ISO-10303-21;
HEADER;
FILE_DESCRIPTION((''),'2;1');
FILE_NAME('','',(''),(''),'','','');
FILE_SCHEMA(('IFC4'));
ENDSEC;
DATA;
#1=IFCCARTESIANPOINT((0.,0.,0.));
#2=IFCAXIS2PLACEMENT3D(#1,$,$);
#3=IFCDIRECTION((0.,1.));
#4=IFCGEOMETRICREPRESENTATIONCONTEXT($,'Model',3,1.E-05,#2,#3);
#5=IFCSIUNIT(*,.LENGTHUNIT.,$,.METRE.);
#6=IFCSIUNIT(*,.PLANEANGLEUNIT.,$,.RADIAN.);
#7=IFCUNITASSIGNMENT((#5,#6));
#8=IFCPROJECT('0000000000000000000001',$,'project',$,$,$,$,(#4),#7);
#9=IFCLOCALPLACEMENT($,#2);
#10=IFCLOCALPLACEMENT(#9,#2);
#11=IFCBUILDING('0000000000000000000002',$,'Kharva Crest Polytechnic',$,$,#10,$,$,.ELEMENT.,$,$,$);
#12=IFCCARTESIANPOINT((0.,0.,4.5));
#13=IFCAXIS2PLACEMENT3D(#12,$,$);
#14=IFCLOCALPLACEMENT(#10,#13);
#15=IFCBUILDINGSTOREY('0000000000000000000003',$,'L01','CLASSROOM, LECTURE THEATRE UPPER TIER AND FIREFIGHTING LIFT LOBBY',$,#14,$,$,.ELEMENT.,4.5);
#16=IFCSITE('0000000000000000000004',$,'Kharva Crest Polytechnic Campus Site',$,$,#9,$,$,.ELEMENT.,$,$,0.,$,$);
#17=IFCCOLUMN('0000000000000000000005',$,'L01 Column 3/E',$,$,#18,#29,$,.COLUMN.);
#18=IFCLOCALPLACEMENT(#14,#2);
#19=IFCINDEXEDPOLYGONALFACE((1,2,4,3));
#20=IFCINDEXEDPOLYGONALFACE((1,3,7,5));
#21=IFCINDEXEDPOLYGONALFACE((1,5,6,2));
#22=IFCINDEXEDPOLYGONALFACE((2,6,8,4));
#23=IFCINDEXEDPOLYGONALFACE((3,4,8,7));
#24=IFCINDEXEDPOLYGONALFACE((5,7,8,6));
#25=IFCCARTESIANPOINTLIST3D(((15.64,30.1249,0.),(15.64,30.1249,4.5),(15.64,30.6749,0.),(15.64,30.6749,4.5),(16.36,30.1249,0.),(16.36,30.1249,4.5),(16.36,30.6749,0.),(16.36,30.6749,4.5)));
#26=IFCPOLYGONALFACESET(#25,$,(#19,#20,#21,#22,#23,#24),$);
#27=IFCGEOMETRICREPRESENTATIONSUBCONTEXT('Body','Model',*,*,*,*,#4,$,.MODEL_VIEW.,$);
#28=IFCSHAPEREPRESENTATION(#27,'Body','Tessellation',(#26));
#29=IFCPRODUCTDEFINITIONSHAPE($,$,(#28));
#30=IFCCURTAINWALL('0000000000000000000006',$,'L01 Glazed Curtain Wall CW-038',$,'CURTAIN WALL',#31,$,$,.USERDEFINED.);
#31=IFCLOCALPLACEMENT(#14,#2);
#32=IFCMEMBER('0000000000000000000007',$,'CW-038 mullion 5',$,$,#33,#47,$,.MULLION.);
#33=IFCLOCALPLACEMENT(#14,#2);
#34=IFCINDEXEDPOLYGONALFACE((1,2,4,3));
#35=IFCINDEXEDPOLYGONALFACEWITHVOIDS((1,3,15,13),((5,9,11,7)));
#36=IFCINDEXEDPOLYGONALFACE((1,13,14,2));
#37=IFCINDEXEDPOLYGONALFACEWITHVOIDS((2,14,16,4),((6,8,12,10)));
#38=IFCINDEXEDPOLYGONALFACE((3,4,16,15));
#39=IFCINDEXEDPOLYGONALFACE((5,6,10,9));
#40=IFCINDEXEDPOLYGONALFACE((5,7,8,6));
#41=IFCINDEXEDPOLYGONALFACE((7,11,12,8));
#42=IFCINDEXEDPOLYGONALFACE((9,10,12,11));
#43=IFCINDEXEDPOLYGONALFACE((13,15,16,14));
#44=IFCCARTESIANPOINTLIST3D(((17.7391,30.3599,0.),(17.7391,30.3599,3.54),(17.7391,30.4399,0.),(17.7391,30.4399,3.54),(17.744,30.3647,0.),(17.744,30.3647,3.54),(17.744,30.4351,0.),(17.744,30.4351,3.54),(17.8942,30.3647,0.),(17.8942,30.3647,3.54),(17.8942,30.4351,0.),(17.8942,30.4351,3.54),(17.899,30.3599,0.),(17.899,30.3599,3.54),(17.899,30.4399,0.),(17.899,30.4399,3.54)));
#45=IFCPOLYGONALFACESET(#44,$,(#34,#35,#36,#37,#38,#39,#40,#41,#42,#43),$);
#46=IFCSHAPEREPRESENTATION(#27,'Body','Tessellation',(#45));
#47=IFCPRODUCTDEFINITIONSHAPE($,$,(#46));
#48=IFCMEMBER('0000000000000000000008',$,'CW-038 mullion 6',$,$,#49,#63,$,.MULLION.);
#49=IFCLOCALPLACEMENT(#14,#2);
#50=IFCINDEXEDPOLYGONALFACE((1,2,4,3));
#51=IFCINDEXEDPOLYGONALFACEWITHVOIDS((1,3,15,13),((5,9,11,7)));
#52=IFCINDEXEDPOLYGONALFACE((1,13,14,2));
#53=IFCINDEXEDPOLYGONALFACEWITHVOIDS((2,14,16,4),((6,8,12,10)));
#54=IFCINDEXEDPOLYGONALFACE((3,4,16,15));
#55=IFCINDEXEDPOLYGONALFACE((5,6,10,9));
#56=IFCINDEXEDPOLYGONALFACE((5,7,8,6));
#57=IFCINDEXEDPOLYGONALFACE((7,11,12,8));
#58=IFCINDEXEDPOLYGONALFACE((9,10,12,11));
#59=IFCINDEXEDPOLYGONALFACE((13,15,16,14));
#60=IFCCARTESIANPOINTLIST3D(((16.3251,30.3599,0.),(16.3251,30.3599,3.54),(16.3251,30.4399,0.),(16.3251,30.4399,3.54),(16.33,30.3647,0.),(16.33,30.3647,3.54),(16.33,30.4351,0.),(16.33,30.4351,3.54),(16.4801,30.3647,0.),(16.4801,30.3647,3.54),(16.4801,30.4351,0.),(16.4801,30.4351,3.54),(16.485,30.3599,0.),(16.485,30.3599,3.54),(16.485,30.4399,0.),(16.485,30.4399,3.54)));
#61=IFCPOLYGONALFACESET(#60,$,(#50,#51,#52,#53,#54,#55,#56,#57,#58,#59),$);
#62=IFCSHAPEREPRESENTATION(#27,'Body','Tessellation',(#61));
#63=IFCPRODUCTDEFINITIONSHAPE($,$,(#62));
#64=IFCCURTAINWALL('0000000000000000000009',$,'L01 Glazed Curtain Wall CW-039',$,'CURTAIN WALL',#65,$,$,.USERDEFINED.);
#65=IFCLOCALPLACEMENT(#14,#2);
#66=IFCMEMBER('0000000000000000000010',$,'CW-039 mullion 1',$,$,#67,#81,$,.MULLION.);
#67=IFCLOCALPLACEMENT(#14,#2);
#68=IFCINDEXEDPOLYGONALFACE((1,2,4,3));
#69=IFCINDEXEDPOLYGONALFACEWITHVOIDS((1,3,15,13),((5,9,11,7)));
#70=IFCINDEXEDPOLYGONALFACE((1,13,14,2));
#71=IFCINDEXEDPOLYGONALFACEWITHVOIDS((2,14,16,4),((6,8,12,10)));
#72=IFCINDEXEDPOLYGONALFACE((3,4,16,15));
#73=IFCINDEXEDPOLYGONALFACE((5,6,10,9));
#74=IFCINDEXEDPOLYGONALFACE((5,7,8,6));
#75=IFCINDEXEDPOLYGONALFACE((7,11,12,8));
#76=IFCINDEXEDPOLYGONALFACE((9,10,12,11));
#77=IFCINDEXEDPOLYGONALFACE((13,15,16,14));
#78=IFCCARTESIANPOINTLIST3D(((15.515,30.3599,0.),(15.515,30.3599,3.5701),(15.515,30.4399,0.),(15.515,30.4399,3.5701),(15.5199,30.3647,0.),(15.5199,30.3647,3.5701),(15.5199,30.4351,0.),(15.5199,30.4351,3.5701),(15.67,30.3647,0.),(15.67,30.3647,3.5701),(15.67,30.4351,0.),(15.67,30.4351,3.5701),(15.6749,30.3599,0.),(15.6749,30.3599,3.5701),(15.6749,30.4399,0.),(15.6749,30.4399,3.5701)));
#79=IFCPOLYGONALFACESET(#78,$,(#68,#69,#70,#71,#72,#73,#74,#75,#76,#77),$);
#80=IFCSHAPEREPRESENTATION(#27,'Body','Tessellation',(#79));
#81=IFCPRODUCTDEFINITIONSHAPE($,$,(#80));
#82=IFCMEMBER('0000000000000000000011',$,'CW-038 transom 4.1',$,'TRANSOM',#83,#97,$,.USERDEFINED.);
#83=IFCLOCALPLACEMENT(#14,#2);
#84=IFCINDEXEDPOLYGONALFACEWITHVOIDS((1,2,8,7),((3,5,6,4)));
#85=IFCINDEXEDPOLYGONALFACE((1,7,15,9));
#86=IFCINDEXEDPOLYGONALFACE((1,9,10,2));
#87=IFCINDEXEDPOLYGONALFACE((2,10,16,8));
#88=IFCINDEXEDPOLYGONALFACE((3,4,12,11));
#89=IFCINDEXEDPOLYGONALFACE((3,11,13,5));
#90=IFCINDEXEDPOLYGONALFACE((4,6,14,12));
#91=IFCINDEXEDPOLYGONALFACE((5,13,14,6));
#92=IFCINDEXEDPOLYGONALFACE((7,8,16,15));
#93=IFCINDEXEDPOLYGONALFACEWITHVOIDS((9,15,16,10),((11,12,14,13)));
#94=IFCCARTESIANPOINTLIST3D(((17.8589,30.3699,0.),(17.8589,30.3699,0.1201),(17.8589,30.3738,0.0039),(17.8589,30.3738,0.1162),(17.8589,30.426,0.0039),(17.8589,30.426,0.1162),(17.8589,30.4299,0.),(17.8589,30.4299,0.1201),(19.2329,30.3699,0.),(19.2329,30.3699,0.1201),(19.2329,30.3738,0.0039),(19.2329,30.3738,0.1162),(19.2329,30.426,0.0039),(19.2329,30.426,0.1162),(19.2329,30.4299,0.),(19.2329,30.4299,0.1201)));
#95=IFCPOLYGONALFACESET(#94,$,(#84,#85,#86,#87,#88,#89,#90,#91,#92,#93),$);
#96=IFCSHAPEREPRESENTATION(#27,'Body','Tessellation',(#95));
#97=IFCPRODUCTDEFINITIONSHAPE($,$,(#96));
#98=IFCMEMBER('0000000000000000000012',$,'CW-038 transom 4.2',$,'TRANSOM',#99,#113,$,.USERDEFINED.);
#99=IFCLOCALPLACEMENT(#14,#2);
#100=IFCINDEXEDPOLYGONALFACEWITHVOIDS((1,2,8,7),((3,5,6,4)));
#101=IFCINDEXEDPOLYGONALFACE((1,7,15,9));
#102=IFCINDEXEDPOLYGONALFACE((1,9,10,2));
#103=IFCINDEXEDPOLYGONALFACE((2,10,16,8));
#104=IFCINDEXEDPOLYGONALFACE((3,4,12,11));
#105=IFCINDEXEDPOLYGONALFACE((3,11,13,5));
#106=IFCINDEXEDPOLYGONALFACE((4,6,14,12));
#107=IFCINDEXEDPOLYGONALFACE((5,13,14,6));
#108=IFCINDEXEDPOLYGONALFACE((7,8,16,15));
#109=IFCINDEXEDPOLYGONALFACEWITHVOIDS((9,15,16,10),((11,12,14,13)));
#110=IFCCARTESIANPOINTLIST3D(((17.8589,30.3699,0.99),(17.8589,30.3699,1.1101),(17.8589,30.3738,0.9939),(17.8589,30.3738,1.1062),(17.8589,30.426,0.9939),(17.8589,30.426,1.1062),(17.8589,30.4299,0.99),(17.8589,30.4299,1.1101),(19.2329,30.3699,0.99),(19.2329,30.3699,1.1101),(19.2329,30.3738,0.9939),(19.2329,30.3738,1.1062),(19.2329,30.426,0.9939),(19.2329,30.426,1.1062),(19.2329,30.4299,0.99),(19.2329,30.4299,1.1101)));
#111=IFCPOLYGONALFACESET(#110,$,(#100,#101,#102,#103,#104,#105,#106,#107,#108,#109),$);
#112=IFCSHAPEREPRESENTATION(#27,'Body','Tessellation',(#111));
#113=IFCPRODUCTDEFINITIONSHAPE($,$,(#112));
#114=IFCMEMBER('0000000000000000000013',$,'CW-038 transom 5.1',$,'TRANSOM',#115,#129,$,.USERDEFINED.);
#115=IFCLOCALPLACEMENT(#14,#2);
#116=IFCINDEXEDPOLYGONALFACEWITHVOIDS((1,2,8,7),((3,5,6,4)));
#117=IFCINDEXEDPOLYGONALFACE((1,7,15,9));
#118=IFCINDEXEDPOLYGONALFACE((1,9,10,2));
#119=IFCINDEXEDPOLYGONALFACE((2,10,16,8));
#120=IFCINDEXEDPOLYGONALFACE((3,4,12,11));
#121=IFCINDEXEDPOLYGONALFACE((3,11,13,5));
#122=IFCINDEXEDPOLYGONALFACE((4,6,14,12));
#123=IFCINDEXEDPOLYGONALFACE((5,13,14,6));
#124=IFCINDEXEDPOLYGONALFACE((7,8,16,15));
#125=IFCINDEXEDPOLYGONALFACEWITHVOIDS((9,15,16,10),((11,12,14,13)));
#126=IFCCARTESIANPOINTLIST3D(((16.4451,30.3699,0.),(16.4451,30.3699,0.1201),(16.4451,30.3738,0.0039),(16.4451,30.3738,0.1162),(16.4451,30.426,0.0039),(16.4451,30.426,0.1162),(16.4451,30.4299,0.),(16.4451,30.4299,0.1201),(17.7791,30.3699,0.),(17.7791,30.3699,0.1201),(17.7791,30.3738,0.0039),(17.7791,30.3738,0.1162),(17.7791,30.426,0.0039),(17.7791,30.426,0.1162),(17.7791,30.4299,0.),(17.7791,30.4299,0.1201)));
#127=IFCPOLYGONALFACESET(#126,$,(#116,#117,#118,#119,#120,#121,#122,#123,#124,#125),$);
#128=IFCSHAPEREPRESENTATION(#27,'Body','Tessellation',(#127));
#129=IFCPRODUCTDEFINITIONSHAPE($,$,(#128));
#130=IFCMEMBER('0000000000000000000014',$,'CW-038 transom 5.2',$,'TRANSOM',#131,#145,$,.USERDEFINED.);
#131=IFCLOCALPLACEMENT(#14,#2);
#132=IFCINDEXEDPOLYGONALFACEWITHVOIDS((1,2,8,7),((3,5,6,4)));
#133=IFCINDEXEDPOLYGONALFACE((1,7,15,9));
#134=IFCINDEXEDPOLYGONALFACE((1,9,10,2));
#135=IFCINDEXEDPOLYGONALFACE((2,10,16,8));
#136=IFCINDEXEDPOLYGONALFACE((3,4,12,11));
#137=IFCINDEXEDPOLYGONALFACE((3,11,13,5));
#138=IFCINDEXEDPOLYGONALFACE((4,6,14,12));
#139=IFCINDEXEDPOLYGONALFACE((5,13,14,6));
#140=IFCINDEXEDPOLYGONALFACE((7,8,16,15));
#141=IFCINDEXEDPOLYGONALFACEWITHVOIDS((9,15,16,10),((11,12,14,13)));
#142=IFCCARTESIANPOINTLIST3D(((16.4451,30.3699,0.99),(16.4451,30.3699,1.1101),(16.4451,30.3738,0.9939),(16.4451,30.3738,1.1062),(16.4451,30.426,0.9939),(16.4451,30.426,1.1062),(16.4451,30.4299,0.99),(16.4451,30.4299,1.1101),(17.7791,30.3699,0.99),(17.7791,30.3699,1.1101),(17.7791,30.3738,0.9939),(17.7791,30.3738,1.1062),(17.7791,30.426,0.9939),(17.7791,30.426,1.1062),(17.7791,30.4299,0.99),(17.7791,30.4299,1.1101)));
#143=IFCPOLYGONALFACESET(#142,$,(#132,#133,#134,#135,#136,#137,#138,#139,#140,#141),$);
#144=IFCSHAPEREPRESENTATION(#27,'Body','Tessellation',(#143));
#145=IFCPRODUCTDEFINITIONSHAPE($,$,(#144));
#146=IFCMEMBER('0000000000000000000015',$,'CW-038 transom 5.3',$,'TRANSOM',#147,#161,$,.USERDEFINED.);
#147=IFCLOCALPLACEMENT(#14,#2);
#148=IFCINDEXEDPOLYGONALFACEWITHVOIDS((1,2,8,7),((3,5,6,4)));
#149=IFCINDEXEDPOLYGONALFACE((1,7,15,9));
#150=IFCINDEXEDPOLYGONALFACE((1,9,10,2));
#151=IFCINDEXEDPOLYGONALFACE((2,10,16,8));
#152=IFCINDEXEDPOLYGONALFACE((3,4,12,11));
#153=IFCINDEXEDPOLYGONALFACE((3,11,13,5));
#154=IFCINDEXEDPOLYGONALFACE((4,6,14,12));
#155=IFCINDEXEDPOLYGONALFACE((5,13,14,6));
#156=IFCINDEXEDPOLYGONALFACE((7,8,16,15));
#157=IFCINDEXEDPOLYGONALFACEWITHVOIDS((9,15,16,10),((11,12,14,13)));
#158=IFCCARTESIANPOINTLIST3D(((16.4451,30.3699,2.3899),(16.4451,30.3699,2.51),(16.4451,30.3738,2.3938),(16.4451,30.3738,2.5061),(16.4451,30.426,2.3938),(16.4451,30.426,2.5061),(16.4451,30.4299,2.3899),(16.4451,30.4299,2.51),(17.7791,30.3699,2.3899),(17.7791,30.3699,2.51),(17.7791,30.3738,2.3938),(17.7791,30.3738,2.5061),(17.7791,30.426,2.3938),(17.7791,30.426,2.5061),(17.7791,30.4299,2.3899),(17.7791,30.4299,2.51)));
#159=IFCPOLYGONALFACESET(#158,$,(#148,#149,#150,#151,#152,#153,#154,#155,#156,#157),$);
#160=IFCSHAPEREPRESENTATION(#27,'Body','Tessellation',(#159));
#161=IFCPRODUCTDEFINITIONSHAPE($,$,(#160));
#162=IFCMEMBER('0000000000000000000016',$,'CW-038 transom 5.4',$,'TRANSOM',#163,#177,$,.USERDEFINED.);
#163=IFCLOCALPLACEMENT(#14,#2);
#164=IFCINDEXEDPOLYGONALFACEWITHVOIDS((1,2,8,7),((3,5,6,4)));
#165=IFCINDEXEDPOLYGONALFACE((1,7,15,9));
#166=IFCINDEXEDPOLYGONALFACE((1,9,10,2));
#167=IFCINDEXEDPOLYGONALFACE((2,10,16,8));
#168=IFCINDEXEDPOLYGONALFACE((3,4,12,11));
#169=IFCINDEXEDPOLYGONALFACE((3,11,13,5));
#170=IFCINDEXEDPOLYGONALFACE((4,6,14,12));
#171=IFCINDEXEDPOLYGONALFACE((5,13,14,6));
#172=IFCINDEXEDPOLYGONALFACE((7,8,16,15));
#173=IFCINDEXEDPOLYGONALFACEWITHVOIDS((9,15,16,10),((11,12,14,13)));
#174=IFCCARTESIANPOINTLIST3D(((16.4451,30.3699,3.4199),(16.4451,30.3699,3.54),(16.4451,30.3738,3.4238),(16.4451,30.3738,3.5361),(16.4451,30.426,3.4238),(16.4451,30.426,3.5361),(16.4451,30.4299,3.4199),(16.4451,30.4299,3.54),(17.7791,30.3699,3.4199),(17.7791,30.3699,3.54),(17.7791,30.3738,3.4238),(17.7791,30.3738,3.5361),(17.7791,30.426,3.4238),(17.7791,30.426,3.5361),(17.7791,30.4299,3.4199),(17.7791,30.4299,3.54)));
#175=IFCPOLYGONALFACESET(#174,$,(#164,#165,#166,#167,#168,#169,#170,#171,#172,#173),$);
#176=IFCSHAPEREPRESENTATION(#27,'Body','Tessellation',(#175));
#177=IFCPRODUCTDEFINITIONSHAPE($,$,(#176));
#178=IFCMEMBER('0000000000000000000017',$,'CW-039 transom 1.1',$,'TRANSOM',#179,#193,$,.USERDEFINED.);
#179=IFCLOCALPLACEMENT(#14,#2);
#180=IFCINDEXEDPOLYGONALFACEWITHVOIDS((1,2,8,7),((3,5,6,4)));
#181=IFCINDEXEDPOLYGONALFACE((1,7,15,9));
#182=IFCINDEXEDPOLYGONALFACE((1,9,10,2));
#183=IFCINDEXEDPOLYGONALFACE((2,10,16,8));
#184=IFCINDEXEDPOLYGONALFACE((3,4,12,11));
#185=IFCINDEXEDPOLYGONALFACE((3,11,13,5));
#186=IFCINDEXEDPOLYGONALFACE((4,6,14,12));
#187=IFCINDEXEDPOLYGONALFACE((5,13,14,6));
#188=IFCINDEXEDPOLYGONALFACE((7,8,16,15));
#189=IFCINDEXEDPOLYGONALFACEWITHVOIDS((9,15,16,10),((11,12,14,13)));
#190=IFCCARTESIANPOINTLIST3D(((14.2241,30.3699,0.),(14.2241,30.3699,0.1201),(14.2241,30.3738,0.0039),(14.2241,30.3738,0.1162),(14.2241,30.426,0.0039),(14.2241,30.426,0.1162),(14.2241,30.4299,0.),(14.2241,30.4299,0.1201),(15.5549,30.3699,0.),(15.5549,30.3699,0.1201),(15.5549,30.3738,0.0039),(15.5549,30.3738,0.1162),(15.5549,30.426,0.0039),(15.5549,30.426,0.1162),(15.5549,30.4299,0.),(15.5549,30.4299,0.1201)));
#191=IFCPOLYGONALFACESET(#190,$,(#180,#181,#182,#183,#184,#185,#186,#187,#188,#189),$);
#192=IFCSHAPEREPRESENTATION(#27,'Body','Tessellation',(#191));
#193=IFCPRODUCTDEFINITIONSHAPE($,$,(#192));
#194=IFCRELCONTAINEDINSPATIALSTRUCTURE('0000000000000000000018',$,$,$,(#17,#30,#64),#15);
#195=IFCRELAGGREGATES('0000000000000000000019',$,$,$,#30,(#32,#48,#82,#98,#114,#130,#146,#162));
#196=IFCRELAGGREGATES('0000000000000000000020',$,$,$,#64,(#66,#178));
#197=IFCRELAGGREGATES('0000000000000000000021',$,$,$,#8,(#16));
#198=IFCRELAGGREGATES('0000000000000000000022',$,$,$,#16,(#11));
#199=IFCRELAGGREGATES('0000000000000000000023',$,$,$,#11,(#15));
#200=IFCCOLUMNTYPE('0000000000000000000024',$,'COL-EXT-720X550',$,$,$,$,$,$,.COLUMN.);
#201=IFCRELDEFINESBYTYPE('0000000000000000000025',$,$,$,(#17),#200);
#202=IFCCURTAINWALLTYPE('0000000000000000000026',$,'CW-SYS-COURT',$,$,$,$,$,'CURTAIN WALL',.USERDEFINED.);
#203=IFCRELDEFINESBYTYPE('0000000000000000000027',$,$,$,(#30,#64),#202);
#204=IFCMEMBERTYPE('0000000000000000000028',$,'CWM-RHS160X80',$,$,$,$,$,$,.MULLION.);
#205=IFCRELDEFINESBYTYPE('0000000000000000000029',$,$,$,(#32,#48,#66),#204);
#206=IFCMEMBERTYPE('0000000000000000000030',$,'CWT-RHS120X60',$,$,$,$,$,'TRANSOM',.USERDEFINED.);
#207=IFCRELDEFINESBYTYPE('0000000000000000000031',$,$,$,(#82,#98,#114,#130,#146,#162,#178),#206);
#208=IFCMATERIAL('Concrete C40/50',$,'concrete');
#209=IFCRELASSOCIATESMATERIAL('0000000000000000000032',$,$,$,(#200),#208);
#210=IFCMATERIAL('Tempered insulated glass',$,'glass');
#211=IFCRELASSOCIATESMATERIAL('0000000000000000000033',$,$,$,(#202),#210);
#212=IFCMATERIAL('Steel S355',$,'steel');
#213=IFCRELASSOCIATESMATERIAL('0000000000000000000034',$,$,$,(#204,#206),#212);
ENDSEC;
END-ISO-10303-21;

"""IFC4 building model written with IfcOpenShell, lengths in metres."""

from ifc_helpers import new_model, si_unit, direction, frame, origin, origin_2d, place, context, subcontext, project, spatial, rectangle, hollow_rectangle, extrude, material, material_profile, profile_set, type_object, element, aggregate, save


model = new_model("IFC4")

# Units and contexts
model_context = context("Model", 3, precision=1e-05, world=origin(), true_north=direction((0.0, 1.0)))
body_context = subcontext(model_context, "Body", "Model", "MODEL_VIEW")
ifc_project = project(units=[si_unit("LENGTHUNIT", "METRE"), si_unit("PLANEANGLEUNIT", "RADIAN")], contexts=[model_context])

# Site, building, storey
site_placement = place(None, origin())
site = spatial("IfcSite", under=ifc_project, at=site_placement, Name="Kharva Crest Polytechnic Campus Site", CompositionType="ELEMENT", RefElevation=0.0)
building_placement = place(site_placement, origin())
building = spatial("IfcBuilding", under=site, at=building_placement, Name="Kharva Crest Polytechnic", CompositionType="ELEMENT")
storey_placement = place(building_placement, frame((0.0, 0.0, 4.5)))
storey = spatial("IfcBuildingStorey", under=building, at=storey_placement, Name="L01", Description="CLASSROOM, LECTURE THEATRE UPPER TIER AND FIREFIGHTING LIFT LOBBY", CompositionType="ELEMENT", Elevation=4.5)

# Column
ifc_material_1 = material(Name="Concrete C40/50", Category="concrete")
ifc_material_profile_1 = material_profile(ifc_material_1, rectangle(XDim=0.72, YDim=0.55, at=origin_2d()), Name="RECT 720 X 550")
ifc_profile_set_1 = profile_set([ifc_material_profile_1], Name="Concrete C40/50")
column_type = type_object("IfcColumnType", Name="COL-EXT-720X550", PredefinedType="COLUMN", material=ifc_profile_set_1)
column_placement = place(storey_placement, frame((16.0, 30.3999, 0.0), z_axis=(0.0, 0.0, 1.0), x_axis=(1.0, 0.0, 0.0)))
element("IfcColumn", 1, at=column_placement, inside=storey, type_object=column_type, Name="L01 Column 3/E", PredefinedType="COLUMN", context=body_context, shape_type="SweptSolid", body=[
    extrude(rectangle(XDim=0.72, YDim=0.55, at=origin_2d()), origin(), (0.0, 0.0, 1.0), 4.5),
])

# Curtain wall, members
ifc_material_2 = material(Name="Tempered insulated glass", Category="glass")
curtain_wall_type = type_object("IfcCurtainWallType", Name="CW-SYS-COURT", ElementType="CURTAIN WALL", PredefinedType="USERDEFINED", material=ifc_material_2)
curtain_wall_1_placement = place(storey_placement, origin())
curtain_wall_1 = element("IfcCurtainWall", 2, at=curtain_wall_1_placement, inside=storey, type_object=curtain_wall_type, Name="L01 Glazed Curtain Wall CW-038", ObjectType="CURTAIN WALL", PredefinedType="USERDEFINED")
ifc_material_3 = material(Name="Steel S355", Category="steel")
ifc_material_profile_2 = material_profile(ifc_material_3, hollow_rectangle(XDim=0.0801, YDim=0.1599, WallThickness=0.0049, at=origin_2d()), Name="RHS 160X80X5.0")
ifc_profile_set_2 = profile_set([ifc_material_profile_2], Name="Steel S355")
member_type_1 = type_object("IfcMemberType", Name="CWM-RHS160X80", PredefinedType="MULLION", material=ifc_profile_set_2)
member_1_placement = place(storey_placement, frame((17.8191, 30.3999, 0.0), z_axis=(0.0, 0.0, 1.0), x_axis=(0.0, -1.0, 0.0)))
member_1 = element("IfcMember", 3, at=member_1_placement, type_object=member_type_1, Name="CW-038 mullion 5", PredefinedType="MULLION", context=body_context, shape_type="SweptSolid", body=[
    extrude(hollow_rectangle(XDim=0.0801, YDim=0.1599, WallThickness=0.0049, at=origin_2d()), origin(), (0.0, 0.0, 1.0), 3.54),
])
member_2_placement = place(storey_placement, frame((16.405, 30.3999, 0.0), z_axis=(0.0, 0.0, 1.0), x_axis=(0.0, -1.0, 0.0)))
member_2 = element("IfcMember", 4, at=member_2_placement, type_object=member_type_1, Name="CW-038 mullion 6", PredefinedType="MULLION", context=body_context, shape_type="SweptSolid", body=[
    extrude(hollow_rectangle(XDim=0.0801, YDim=0.1599, WallThickness=0.0049, at=origin_2d()), origin(), (0.0, 0.0, 1.0), 3.54),
])

# Curtain wall, member
curtain_wall_2_placement = place(storey_placement, origin())
curtain_wall_2 = element("IfcCurtainWall", 5, at=curtain_wall_2_placement, inside=storey, type_object=curtain_wall_type, Name="L01 Glazed Curtain Wall CW-039", ObjectType="CURTAIN WALL", PredefinedType="USERDEFINED")
member_3_placement = place(storey_placement, frame((15.595, 30.3999, 0.0), z_axis=(0.0, 0.0, 1.0), x_axis=(0.0, -1.0, 0.0)))
member_3 = element("IfcMember", 6, at=member_3_placement, type_object=member_type_1, Name="CW-039 mullion 1", PredefinedType="MULLION", context=body_context, shape_type="SweptSolid", body=[
    extrude(hollow_rectangle(XDim=0.0801, YDim=0.1599, WallThickness=0.0049, at=origin_2d()), origin(), (0.0, 0.0, 1.0), 3.5701),
])

# Members
ifc_material_profile_3 = material_profile(ifc_material_3, hollow_rectangle(XDim=0.0601, YDim=0.1201, WallThickness=0.0039, at=origin_2d()), Name="RHS 120X60X4.0")
ifc_profile_set_3 = profile_set([ifc_material_profile_3], Name="Steel S355")
member_type_2 = type_object("IfcMemberType", Name="CWT-RHS120X60", ElementType="TRANSOM", PredefinedType="USERDEFINED", material=ifc_profile_set_3)
member_4_placement = place(storey_placement, frame((19.2329, 30.3999, 0.0601), z_axis=(-1.0, 0.0, 0.0), x_axis=(0.0, -1.0, 0.0)))
member_4 = element("IfcMember", 7, at=member_4_placement, type_object=member_type_2, Name="CW-038 transom 4.1", ObjectType="TRANSOM", PredefinedType="USERDEFINED", context=body_context, shape_type="SweptSolid", body=[
    extrude(hollow_rectangle(XDim=0.0601, YDim=0.1201, WallThickness=0.0039, at=origin_2d()), origin(), (0.0, 0.0, 1.0), 1.374),
])
member_5_placement = place(storey_placement, frame((19.2329, 30.3999, 1.05), z_axis=(-1.0, 0.0, 0.0), x_axis=(0.0, -1.0, 0.0)))
member_5 = element("IfcMember", 8, at=member_5_placement, type_object=member_type_2, Name="CW-038 transom 4.2", ObjectType="TRANSOM", PredefinedType="USERDEFINED", context=body_context, shape_type="SweptSolid", body=[
    extrude(hollow_rectangle(XDim=0.0601, YDim=0.1201, WallThickness=0.0039, at=origin_2d()), origin(), (0.0, 0.0, 1.0), 1.374),
])
member_6_placement = place(storey_placement, frame((17.7791, 30.3999, 0.0601), z_axis=(-1.0, 0.0, 0.0), x_axis=(0.0, -1.0, 0.0)))
member_6 = element("IfcMember", 9, at=member_6_placement, type_object=member_type_2, Name="CW-038 transom 5.1", ObjectType="TRANSOM", PredefinedType="USERDEFINED", context=body_context, shape_type="SweptSolid", body=[
    extrude(hollow_rectangle(XDim=0.0601, YDim=0.1201, WallThickness=0.0039, at=origin_2d()), origin(), (0.0, 0.0, 1.0), 1.334),
])
member_7_placement = place(storey_placement, frame((17.7791, 30.3999, 1.05), z_axis=(-1.0, 0.0, 0.0), x_axis=(0.0, -1.0, 0.0)))
member_7 = element("IfcMember", 10, at=member_7_placement, type_object=member_type_2, Name="CW-038 transom 5.2", ObjectType="TRANSOM", PredefinedType="USERDEFINED", context=body_context, shape_type="SweptSolid", body=[
    extrude(hollow_rectangle(XDim=0.0601, YDim=0.1201, WallThickness=0.0039, at=origin_2d()), origin(), (0.0, 0.0, 1.0), 1.334),
])
member_8_placement = place(storey_placement, frame((17.7791, 30.3999, 2.45), z_axis=(-1.0, 0.0, 0.0), x_axis=(0.0, -1.0, 0.0)))
member_8 = element("IfcMember", 11, at=member_8_placement, type_object=member_type_2, Name="CW-038 transom 5.3", ObjectType="TRANSOM", PredefinedType="USERDEFINED", context=body_context, shape_type="SweptSolid", body=[
    extrude(hollow_rectangle(XDim=0.0601, YDim=0.1201, WallThickness=0.0039, at=origin_2d()), origin(), (0.0, 0.0, 1.0), 1.334),
])
member_9_placement = place(storey_placement, frame((17.7791, 30.3999, 3.48), z_axis=(-1.0, 0.0, 0.0), x_axis=(0.0, -1.0, 0.0)))
member_9 = element("IfcMember", 12, at=member_9_placement, type_object=member_type_2, Name="CW-038 transom 5.4", ObjectType="TRANSOM", PredefinedType="USERDEFINED", context=body_context, shape_type="SweptSolid", body=[
    extrude(hollow_rectangle(XDim=0.0601, YDim=0.1201, WallThickness=0.0039, at=origin_2d()), origin(), (0.0, 0.0, 1.0), 1.334),
])
member_10_placement = place(storey_placement, frame((15.5549, 30.3999, 0.0601), z_axis=(-1.0, 0.0, 0.0), x_axis=(0.0, -1.0, 0.0)))
member_10 = element("IfcMember", 13, at=member_10_placement, type_object=member_type_2, Name="CW-039 transom 1.1", ObjectType="TRANSOM", PredefinedType="USERDEFINED", context=body_context, shape_type="SweptSolid", body=[
    extrude(hollow_rectangle(XDim=0.0601, YDim=0.1201, WallThickness=0.0039, at=origin_2d()), origin(), (0.0, 0.0, 1.0), 1.3308),
])

aggregate(curtain_wall_1, [member_1, member_2, member_4, member_5, member_6, member_7, member_8, member_9])
aggregate(curtain_wall_2, [member_3, member_10])

save(model, "model.ifc")
